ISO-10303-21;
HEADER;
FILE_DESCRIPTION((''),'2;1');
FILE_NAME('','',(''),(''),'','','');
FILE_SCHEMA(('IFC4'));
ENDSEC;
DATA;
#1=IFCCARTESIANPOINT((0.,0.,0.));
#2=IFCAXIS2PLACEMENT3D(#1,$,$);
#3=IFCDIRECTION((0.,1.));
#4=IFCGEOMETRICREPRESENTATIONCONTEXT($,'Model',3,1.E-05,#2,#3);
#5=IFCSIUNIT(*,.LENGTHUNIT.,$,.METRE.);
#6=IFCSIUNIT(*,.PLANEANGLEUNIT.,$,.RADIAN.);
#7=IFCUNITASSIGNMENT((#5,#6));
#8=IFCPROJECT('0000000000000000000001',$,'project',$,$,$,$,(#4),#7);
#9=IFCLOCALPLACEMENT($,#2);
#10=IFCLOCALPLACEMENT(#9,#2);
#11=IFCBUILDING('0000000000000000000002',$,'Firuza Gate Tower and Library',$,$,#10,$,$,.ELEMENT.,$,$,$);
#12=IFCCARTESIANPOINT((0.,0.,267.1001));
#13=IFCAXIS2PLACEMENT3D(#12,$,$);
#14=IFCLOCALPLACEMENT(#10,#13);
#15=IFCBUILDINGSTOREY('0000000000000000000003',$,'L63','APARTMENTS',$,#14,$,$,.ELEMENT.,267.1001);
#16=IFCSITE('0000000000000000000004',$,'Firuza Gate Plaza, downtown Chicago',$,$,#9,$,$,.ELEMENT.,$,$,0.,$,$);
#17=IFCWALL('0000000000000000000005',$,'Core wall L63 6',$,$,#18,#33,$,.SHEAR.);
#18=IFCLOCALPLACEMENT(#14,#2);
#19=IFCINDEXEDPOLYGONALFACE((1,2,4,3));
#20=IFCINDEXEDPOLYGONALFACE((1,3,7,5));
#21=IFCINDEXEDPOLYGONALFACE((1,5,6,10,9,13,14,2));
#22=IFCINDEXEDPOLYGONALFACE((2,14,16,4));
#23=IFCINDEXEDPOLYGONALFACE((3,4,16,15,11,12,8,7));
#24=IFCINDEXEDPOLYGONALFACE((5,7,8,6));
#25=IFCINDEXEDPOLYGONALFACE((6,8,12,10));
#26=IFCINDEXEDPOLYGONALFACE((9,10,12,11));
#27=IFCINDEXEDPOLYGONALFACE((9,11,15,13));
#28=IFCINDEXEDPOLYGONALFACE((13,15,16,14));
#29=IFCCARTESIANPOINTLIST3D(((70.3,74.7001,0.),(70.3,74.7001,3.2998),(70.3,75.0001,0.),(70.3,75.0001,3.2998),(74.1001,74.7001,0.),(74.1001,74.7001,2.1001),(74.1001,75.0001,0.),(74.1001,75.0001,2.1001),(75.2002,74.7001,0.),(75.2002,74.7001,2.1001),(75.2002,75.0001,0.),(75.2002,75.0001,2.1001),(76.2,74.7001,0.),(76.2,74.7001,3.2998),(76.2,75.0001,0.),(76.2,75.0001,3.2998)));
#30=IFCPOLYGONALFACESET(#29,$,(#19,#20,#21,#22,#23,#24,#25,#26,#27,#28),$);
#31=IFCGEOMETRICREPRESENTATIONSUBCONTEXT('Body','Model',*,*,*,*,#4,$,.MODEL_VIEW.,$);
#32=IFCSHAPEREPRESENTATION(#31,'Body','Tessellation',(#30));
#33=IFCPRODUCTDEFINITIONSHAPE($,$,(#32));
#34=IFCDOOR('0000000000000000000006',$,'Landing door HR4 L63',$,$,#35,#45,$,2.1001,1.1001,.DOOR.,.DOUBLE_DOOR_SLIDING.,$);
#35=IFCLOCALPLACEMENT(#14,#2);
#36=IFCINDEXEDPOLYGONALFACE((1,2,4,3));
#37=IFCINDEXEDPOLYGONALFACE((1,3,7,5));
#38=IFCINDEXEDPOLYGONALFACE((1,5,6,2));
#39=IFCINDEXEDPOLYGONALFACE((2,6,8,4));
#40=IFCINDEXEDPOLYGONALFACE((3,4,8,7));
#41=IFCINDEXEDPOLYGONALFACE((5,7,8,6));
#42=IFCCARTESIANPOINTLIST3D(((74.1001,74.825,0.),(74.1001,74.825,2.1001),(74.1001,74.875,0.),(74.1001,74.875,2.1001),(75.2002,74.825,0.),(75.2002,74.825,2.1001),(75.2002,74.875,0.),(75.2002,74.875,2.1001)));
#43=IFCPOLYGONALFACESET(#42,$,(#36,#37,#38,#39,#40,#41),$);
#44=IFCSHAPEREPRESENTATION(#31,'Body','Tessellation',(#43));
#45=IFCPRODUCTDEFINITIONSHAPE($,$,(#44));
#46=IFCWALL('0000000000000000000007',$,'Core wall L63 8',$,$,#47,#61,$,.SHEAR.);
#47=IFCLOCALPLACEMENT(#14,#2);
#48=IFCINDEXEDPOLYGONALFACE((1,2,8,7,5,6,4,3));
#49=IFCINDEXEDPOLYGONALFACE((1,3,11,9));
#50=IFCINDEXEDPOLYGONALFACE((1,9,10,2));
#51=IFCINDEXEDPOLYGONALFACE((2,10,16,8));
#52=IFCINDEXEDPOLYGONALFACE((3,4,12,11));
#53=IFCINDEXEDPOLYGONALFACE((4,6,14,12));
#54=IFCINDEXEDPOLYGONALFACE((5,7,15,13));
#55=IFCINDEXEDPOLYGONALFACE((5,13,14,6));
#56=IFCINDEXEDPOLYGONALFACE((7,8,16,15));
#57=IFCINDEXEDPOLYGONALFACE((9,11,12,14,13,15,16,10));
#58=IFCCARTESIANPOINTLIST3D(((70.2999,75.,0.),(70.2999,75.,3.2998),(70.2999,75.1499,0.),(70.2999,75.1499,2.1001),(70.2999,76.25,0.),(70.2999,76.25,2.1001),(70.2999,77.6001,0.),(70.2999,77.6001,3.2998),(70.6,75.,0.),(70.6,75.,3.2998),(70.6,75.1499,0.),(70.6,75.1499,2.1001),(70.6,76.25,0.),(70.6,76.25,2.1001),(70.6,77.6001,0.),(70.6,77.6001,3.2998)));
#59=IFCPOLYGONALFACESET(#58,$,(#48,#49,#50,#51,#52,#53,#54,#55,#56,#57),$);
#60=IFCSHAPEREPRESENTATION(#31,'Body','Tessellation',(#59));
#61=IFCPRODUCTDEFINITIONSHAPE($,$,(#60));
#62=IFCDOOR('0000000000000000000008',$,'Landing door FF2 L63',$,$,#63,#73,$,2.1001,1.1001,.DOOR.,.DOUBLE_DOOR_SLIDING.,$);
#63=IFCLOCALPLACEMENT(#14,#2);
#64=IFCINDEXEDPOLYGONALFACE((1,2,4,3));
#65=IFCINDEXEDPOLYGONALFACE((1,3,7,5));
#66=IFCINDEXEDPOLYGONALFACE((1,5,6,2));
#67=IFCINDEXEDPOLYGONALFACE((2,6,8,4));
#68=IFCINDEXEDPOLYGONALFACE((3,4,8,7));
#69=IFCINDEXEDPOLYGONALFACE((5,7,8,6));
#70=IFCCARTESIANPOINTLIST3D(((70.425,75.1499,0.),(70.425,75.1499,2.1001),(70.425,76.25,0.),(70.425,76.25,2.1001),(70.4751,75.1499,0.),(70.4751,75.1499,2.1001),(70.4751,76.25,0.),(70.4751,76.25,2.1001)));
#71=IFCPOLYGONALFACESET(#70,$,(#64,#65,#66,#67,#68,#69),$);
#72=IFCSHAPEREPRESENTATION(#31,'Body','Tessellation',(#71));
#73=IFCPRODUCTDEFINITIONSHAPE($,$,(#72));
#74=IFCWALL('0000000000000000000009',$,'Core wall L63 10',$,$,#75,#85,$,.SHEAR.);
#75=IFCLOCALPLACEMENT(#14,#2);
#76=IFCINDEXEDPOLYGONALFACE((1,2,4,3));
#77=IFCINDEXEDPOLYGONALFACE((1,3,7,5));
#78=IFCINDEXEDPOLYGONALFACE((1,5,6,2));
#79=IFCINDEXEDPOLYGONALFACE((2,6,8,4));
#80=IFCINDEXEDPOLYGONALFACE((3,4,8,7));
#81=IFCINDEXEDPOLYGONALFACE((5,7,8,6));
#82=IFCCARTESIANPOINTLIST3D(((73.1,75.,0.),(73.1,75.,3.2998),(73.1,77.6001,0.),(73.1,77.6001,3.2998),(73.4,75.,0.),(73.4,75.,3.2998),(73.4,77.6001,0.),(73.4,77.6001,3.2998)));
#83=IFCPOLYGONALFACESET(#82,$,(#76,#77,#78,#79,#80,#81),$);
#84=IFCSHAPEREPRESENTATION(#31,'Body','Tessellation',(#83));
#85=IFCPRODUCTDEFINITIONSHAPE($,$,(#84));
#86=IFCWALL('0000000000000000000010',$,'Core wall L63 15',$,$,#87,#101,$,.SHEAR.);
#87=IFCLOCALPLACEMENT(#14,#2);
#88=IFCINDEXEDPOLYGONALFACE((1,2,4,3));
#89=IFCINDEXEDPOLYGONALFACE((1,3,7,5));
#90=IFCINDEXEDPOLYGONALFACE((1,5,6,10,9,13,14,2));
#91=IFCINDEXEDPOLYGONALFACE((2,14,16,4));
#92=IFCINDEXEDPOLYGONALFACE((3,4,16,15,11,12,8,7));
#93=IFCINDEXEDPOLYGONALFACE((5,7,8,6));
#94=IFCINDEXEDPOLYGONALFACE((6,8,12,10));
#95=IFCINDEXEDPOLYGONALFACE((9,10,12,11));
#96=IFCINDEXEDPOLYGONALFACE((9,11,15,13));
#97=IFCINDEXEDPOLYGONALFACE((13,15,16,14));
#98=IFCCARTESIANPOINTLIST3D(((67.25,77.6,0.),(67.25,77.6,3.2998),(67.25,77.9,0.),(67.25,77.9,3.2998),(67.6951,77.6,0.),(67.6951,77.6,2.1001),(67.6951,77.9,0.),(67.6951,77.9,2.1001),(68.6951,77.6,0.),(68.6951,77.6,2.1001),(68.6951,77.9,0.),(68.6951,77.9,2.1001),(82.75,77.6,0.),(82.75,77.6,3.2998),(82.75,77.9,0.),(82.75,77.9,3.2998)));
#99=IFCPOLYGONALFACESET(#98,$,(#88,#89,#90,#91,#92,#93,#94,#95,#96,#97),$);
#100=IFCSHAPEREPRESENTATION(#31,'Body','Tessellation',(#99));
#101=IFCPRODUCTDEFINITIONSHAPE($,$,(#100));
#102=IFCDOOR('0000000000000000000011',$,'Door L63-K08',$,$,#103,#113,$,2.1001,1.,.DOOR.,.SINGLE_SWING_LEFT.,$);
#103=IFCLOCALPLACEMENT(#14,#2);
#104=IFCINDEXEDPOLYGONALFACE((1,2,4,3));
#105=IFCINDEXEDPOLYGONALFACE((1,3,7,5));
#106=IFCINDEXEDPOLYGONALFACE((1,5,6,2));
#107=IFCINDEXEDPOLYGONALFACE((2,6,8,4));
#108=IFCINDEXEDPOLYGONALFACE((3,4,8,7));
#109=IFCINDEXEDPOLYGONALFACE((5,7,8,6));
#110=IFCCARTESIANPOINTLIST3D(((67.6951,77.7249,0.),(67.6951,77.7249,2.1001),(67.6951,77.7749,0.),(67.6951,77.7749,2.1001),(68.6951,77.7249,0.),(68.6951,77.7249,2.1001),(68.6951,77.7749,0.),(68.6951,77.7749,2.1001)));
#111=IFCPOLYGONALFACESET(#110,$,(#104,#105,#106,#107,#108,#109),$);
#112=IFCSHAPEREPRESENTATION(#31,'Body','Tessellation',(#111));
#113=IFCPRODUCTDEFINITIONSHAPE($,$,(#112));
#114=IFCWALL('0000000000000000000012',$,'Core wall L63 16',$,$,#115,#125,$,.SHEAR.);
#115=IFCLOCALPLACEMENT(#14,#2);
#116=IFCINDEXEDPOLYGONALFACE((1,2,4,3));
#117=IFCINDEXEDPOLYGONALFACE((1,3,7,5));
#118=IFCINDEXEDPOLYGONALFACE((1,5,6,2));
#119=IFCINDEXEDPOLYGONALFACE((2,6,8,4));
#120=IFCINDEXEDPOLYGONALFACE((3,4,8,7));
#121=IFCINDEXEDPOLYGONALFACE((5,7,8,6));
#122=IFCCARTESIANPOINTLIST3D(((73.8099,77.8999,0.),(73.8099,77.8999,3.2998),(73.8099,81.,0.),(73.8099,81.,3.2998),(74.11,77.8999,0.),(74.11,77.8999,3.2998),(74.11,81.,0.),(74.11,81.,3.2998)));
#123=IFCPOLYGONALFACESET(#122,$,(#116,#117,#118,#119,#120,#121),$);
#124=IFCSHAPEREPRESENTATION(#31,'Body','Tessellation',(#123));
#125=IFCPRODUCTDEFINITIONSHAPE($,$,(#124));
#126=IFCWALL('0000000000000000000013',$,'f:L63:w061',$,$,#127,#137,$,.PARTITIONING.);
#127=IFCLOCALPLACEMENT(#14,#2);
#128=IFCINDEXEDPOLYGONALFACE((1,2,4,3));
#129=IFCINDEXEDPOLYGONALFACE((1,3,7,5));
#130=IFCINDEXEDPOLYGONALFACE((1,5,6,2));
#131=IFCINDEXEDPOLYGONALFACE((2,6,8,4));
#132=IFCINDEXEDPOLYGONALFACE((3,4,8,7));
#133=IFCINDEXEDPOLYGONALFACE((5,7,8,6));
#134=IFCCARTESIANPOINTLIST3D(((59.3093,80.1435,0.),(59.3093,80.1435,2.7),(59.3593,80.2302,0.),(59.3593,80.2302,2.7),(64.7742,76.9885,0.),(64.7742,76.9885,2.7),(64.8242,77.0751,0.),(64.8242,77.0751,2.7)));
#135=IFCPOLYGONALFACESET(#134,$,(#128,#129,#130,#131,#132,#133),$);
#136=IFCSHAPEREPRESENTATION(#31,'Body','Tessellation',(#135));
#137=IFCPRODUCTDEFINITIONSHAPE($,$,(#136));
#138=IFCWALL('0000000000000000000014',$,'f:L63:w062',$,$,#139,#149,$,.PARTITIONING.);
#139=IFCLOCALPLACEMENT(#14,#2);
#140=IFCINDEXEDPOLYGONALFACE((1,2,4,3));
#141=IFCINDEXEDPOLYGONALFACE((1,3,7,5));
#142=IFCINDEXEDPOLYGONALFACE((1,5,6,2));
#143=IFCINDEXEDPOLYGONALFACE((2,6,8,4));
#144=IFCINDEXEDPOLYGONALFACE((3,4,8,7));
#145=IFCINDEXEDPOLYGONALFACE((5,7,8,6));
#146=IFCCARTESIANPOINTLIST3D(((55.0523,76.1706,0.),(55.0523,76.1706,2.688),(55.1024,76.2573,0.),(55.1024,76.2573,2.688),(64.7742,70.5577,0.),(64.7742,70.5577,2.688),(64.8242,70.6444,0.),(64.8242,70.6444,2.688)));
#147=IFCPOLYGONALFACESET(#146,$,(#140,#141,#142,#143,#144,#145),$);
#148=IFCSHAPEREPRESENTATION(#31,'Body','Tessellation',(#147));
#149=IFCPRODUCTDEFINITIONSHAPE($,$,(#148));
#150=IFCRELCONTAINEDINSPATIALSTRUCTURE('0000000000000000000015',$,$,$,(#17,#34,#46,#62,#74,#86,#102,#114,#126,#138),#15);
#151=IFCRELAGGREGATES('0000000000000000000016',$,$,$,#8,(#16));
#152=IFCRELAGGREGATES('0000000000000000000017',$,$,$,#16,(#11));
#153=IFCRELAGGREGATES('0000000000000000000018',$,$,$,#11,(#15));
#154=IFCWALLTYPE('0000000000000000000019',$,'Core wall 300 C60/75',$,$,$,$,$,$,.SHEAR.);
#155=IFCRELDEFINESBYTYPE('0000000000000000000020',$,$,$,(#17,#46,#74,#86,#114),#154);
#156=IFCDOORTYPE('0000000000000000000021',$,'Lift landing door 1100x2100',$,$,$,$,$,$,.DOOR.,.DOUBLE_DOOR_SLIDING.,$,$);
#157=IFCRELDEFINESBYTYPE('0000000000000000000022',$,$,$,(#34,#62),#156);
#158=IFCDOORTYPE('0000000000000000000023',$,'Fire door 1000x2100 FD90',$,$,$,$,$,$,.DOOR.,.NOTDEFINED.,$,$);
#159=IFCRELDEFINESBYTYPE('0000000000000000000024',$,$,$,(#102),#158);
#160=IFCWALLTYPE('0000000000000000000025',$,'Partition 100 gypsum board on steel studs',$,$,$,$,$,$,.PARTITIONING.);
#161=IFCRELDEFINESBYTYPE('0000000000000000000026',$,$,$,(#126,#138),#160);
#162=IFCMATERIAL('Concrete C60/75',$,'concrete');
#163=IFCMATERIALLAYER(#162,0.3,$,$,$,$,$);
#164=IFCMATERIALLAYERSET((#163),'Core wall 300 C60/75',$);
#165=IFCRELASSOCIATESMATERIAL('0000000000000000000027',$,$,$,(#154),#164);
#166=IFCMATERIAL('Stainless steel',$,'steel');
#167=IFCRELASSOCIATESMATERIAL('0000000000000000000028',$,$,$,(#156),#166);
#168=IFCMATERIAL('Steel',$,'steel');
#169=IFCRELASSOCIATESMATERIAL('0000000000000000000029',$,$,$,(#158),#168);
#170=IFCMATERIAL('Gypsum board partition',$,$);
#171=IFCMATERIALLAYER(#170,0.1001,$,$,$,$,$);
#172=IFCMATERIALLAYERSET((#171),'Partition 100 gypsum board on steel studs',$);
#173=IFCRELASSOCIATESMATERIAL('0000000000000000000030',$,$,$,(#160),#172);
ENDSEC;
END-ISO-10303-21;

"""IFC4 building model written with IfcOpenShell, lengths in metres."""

from ifc_helpers import new_model, si_unit, direction, frame, frame_2d, origin, place, context, subcontext, project, spatial, rectangle, extrude, material, layer, layer_set, type_object, element, fill, save


model = new_model("IFC4")

# Units and contexts
model_context = context("Model", 3, precision=1e-05, world=origin(), true_north=direction((0.0, 1.0)))
body_context = subcontext(model_context, "Body", "Model", "MODEL_VIEW")
ifc_project = project(units=[si_unit("LENGTHUNIT", "METRE"), si_unit("PLANEANGLEUNIT", "RADIAN")], contexts=[model_context])

# Site, building, storey
site_placement = place(None, origin())
site = spatial("IfcSite", under=ifc_project, at=site_placement, Name="Firuza Gate Plaza, downtown Chicago", CompositionType="ELEMENT", RefElevation=0.0)
building_placement = place(site_placement, origin())
building = spatial("IfcBuilding", under=site, at=building_placement, Name="Firuza Gate Tower and Library", CompositionType="ELEMENT")
storey_placement = place(building_placement, frame((0.0, 0.0, 267.1001)))
storey = spatial("IfcBuildingStorey", under=building, at=storey_placement, Name="L63", Description="APARTMENTS", CompositionType="ELEMENT", Elevation=267.1001)

# Shared definitions
ifc_material_1 = material(Name="Concrete C60/75", Category="concrete")
ifc_layer_1 = layer(ifc_material_1, 0.3)
ifc_layer_set_1 = layer_set([ifc_layer_1], Name="Core wall 300 C60/75")
wall_type_1 = type_object("IfcWallType", Name="Core wall 300 C60/75", PredefinedType="SHEAR", material=ifc_layer_set_1)
ifc_material_2 = material(Name="Stainless steel", Category="steel")
door_type_1 = type_object("IfcDoorType", Name="Lift landing door 1100x2100", OperationType="DOUBLE_DOOR_SLIDING", PredefinedType="DOOR", material=ifc_material_2)

# Walls, openings, doors
wall_1_placement = place(storey_placement, frame((70.3, 74.8501, 0.0), z_axis=(0.0, 0.0, 1.0), x_axis=(1.0, 0.0, 0.0)))
wall_1 = element("IfcWall", 1, at=wall_1_placement, inside=storey, type_object=wall_type_1, Name="Core wall L63 6", PredefinedType="SHEAR", context=body_context, shape_type="SweptSolid", body=[
    extrude(rectangle(XDim=5.8999, YDim=0.3, at=frame_2d((2.95, 0.0))), origin(), (0.0, 0.0, 1.0), 3.2998),
])
opening_1_placement = place(wall_1_placement, frame((3.8, 0.0, 0.0)))
opening_1 = element("IfcOpeningElement", 2, at=opening_1_placement, cuts=wall_1, PredefinedType="OPENING", context=body_context, shape_type="SweptSolid", body=[
    extrude(rectangle(XDim=1.1001, YDim=2.1001, at=frame_2d((0.55, 1.05))), frame((0.0, 0.1602, 0.0), z_axis=(0.0, -1.0, 0.0), x_axis=(1.0, 0.0, 0.0)), (0.0, 0.0, 1.0), 0.3201),
])
door_1_placement = place(opening_1_placement, origin())
door_1 = element("IfcDoor", 3, at=door_1_placement, inside=storey, type_object=door_type_1, Name="Landing door HR4 L63", OperationType="DOUBLE_DOOR_SLIDING", OverallHeight=2.1001, OverallWidth=1.1001, PredefinedType="DOOR", context=body_context, shape_type="SweptSolid", body=[
    extrude(rectangle(XDim=1.1001, YDim=2.1001, at=frame_2d((0.55, 1.05))), frame((0.0, 0.0249, 0.0), z_axis=(0.0, -1.0, 0.0), x_axis=(1.0, 0.0, 0.0)), (0.0, 0.0, 1.0), 0.05),
])
fill(opening_1, door_1)
wall_2_placement = place(storey_placement, frame((70.45, 75.0, 0.0), z_axis=(0.0, 0.0, 1.0), x_axis=(0.0, 1.0, 0.0)))
wall_2 = element("IfcWall", 4, at=wall_2_placement, inside=storey, type_object=wall_type_1, Name="Core wall L63 8", PredefinedType="SHEAR", context=body_context, shape_type="SweptSolid", body=[
    extrude(rectangle(XDim=2.6001, YDim=0.3, at=frame_2d((1.3, 0.0))), origin(), (0.0, 0.0, 1.0), 3.2998),
])
opening_2_placement = place(wall_2_placement, frame((0.1499, 0.0, 0.0)))
opening_2 = element("IfcOpeningElement", 5, at=opening_2_placement, cuts=wall_2, PredefinedType="OPENING", context=body_context, shape_type="SweptSolid", body=[
    extrude(rectangle(XDim=1.1001, YDim=2.1001, at=frame_2d((0.55, 1.05))), frame((0.0, 0.1602, 0.0), z_axis=(0.0, -1.0, 0.0), x_axis=(1.0, 0.0, 0.0)), (0.0, 0.0, 1.0), 0.3201),
])
door_2_placement = place(opening_2_placement, origin())
door_2 = element("IfcDoor", 6, at=door_2_placement, inside=storey, type_object=door_type_1, Name="Landing door FF2 L63", OperationType="DOUBLE_DOOR_SLIDING", OverallHeight=2.1001, OverallWidth=1.1001, PredefinedType="DOOR", context=body_context, shape_type="SweptSolid", body=[
    extrude(rectangle(XDim=1.1001, YDim=2.1001, at=frame_2d((0.55, 1.05))), frame((0.0, 0.0249, 0.0), z_axis=(0.0, -1.0, 0.0), x_axis=(1.0, 0.0, 0.0)), (0.0, 0.0, 1.0), 0.05),
])
fill(opening_2, door_2)

# Wall
wall_3_placement = place(storey_placement, frame((73.25, 75.0, 0.0), z_axis=(0.0, 0.0, 1.0), x_axis=(0.0, 1.0, 0.0)))
element("IfcWall", 7, at=wall_3_placement, inside=storey, type_object=wall_type_1, Name="Core wall L63 10", PredefinedType="SHEAR", context=body_context, shape_type="SweptSolid", body=[
    extrude(rectangle(XDim=2.6001, YDim=0.3, at=frame_2d((1.3, 0.0))), origin(), (0.0, 0.0, 1.0), 3.2998),
])

# Wall, opening, door
wall_4_placement = place(storey_placement, frame((67.25, 77.75, 0.0), z_axis=(0.0, 0.0, 1.0), x_axis=(1.0, 0.0, 0.0)))
wall_4 = element("IfcWall", 8, at=wall_4_placement, inside=storey, type_object=wall_type_1, Name="Core wall L63 15", PredefinedType="SHEAR", context=body_context, shape_type="SweptSolid", body=[
    extrude(rectangle(XDim=15.5, YDim=0.3, at=frame_2d((7.75, 0.0))), origin(), (0.0, 0.0, 1.0), 3.2998),
])
opening_3_placement = place(wall_4_placement, frame((0.4451, 0.0, 0.0)))
opening_3 = element("IfcOpeningElement", 9, at=opening_3_placement, cuts=wall_4, PredefinedType="OPENING", context=body_context, shape_type="SweptSolid", body=[
    extrude(rectangle(XDim=1.0, YDim=2.1001, at=frame_2d((0.5, 1.05))), frame((0.0, 0.1602, 0.0), z_axis=(0.0, -1.0, 0.0), x_axis=(1.0, 0.0, 0.0)), (0.0, 0.0, 1.0), 0.3201),
])
ifc_material_3 = material(Name="Steel", Category="steel")
door_type_2 = type_object("IfcDoorType", Name="Fire door 1000x2100 FD90", OperationType="NOTDEFINED", PredefinedType="DOOR", material=ifc_material_3)
door_3_placement = place(opening_3_placement, origin())
door_3 = element("IfcDoor", 10, at=door_3_placement, inside=storey, type_object=door_type_2, Name="Door L63-K08", OperationType="SINGLE_SWING_LEFT", OverallHeight=2.1001, OverallWidth=1.0, PredefinedType="DOOR", context=body_context, shape_type="SweptSolid", body=[
    extrude(rectangle(XDim=1.0, YDim=2.1001, at=frame_2d((0.5, 1.05))), frame((0.0, 0.0249, 0.0), z_axis=(0.0, -1.0, 0.0), x_axis=(1.0, 0.0, 0.0)), (0.0, 0.0, 1.0), 0.05),
])
fill(opening_3, door_3)

# Walls
wall_5_placement = place(storey_placement, frame((73.96, 77.8999, 0.0), z_axis=(0.0, 0.0, 1.0), x_axis=(0.0, 1.0, 0.0)))
element("IfcWall", 11, at=wall_5_placement, inside=storey, type_object=wall_type_1, Name="Core wall L63 16", PredefinedType="SHEAR", context=body_context, shape_type="SweptSolid", body=[
    extrude(rectangle(XDim=3.1001, YDim=0.3, at=frame_2d((1.55, 0.0))), origin(), (0.0, 0.0, 1.0), 3.2998),
])
ifc_material_4 = material(Name="Gypsum board partition")
ifc_layer_2 = layer(ifc_material_4, 0.1001)
ifc_layer_set_2 = layer_set([ifc_layer_2], Name="Partition 100 gypsum board on steel studs")
wall_type_2 = type_object("IfcWallType", Name="Partition 100 gypsum board on steel studs", PredefinedType="PARTITIONING", material=ifc_layer_set_2)
wall_6_placement = place(storey_placement, frame((64.7993, 77.0317, 0.0), z_axis=(0.0, 0.0, 1.0), x_axis=(-0.866032, 0.499988, 0.0)))
element("IfcWall", 12, at=wall_6_placement, inside=storey, type_object=wall_type_2, Name="f:L63:w061", PredefinedType="PARTITIONING", context=body_context, shape_type="SweptSolid", body=[
    extrude(rectangle(XDim=6.3103, YDim=0.1001, at=frame_2d((3.1553, 0.0))), origin(), (0.0, 0.0, 1.0), 2.7),
])
wall_7_placement = place(storey_placement, frame((64.7991, 70.6011, 0.0), z_axis=(0.0, 0.0, 1.0), x_axis=(-0.866022, 0.500005, 0.0)))
element("IfcWall", 13, at=wall_7_placement, inside=storey, type_object=wall_type_2, Name="f:L63:w062", PredefinedType="PARTITIONING", context=body_context, shape_type="SweptSolid", body=[
    extrude(rectangle(XDim=11.2258, YDim=0.1001, at=frame_2d((5.6128, 0.0))), origin(), (0.0, 0.0, 1.0), 2.688),
])

save(model, "model.ifc")
